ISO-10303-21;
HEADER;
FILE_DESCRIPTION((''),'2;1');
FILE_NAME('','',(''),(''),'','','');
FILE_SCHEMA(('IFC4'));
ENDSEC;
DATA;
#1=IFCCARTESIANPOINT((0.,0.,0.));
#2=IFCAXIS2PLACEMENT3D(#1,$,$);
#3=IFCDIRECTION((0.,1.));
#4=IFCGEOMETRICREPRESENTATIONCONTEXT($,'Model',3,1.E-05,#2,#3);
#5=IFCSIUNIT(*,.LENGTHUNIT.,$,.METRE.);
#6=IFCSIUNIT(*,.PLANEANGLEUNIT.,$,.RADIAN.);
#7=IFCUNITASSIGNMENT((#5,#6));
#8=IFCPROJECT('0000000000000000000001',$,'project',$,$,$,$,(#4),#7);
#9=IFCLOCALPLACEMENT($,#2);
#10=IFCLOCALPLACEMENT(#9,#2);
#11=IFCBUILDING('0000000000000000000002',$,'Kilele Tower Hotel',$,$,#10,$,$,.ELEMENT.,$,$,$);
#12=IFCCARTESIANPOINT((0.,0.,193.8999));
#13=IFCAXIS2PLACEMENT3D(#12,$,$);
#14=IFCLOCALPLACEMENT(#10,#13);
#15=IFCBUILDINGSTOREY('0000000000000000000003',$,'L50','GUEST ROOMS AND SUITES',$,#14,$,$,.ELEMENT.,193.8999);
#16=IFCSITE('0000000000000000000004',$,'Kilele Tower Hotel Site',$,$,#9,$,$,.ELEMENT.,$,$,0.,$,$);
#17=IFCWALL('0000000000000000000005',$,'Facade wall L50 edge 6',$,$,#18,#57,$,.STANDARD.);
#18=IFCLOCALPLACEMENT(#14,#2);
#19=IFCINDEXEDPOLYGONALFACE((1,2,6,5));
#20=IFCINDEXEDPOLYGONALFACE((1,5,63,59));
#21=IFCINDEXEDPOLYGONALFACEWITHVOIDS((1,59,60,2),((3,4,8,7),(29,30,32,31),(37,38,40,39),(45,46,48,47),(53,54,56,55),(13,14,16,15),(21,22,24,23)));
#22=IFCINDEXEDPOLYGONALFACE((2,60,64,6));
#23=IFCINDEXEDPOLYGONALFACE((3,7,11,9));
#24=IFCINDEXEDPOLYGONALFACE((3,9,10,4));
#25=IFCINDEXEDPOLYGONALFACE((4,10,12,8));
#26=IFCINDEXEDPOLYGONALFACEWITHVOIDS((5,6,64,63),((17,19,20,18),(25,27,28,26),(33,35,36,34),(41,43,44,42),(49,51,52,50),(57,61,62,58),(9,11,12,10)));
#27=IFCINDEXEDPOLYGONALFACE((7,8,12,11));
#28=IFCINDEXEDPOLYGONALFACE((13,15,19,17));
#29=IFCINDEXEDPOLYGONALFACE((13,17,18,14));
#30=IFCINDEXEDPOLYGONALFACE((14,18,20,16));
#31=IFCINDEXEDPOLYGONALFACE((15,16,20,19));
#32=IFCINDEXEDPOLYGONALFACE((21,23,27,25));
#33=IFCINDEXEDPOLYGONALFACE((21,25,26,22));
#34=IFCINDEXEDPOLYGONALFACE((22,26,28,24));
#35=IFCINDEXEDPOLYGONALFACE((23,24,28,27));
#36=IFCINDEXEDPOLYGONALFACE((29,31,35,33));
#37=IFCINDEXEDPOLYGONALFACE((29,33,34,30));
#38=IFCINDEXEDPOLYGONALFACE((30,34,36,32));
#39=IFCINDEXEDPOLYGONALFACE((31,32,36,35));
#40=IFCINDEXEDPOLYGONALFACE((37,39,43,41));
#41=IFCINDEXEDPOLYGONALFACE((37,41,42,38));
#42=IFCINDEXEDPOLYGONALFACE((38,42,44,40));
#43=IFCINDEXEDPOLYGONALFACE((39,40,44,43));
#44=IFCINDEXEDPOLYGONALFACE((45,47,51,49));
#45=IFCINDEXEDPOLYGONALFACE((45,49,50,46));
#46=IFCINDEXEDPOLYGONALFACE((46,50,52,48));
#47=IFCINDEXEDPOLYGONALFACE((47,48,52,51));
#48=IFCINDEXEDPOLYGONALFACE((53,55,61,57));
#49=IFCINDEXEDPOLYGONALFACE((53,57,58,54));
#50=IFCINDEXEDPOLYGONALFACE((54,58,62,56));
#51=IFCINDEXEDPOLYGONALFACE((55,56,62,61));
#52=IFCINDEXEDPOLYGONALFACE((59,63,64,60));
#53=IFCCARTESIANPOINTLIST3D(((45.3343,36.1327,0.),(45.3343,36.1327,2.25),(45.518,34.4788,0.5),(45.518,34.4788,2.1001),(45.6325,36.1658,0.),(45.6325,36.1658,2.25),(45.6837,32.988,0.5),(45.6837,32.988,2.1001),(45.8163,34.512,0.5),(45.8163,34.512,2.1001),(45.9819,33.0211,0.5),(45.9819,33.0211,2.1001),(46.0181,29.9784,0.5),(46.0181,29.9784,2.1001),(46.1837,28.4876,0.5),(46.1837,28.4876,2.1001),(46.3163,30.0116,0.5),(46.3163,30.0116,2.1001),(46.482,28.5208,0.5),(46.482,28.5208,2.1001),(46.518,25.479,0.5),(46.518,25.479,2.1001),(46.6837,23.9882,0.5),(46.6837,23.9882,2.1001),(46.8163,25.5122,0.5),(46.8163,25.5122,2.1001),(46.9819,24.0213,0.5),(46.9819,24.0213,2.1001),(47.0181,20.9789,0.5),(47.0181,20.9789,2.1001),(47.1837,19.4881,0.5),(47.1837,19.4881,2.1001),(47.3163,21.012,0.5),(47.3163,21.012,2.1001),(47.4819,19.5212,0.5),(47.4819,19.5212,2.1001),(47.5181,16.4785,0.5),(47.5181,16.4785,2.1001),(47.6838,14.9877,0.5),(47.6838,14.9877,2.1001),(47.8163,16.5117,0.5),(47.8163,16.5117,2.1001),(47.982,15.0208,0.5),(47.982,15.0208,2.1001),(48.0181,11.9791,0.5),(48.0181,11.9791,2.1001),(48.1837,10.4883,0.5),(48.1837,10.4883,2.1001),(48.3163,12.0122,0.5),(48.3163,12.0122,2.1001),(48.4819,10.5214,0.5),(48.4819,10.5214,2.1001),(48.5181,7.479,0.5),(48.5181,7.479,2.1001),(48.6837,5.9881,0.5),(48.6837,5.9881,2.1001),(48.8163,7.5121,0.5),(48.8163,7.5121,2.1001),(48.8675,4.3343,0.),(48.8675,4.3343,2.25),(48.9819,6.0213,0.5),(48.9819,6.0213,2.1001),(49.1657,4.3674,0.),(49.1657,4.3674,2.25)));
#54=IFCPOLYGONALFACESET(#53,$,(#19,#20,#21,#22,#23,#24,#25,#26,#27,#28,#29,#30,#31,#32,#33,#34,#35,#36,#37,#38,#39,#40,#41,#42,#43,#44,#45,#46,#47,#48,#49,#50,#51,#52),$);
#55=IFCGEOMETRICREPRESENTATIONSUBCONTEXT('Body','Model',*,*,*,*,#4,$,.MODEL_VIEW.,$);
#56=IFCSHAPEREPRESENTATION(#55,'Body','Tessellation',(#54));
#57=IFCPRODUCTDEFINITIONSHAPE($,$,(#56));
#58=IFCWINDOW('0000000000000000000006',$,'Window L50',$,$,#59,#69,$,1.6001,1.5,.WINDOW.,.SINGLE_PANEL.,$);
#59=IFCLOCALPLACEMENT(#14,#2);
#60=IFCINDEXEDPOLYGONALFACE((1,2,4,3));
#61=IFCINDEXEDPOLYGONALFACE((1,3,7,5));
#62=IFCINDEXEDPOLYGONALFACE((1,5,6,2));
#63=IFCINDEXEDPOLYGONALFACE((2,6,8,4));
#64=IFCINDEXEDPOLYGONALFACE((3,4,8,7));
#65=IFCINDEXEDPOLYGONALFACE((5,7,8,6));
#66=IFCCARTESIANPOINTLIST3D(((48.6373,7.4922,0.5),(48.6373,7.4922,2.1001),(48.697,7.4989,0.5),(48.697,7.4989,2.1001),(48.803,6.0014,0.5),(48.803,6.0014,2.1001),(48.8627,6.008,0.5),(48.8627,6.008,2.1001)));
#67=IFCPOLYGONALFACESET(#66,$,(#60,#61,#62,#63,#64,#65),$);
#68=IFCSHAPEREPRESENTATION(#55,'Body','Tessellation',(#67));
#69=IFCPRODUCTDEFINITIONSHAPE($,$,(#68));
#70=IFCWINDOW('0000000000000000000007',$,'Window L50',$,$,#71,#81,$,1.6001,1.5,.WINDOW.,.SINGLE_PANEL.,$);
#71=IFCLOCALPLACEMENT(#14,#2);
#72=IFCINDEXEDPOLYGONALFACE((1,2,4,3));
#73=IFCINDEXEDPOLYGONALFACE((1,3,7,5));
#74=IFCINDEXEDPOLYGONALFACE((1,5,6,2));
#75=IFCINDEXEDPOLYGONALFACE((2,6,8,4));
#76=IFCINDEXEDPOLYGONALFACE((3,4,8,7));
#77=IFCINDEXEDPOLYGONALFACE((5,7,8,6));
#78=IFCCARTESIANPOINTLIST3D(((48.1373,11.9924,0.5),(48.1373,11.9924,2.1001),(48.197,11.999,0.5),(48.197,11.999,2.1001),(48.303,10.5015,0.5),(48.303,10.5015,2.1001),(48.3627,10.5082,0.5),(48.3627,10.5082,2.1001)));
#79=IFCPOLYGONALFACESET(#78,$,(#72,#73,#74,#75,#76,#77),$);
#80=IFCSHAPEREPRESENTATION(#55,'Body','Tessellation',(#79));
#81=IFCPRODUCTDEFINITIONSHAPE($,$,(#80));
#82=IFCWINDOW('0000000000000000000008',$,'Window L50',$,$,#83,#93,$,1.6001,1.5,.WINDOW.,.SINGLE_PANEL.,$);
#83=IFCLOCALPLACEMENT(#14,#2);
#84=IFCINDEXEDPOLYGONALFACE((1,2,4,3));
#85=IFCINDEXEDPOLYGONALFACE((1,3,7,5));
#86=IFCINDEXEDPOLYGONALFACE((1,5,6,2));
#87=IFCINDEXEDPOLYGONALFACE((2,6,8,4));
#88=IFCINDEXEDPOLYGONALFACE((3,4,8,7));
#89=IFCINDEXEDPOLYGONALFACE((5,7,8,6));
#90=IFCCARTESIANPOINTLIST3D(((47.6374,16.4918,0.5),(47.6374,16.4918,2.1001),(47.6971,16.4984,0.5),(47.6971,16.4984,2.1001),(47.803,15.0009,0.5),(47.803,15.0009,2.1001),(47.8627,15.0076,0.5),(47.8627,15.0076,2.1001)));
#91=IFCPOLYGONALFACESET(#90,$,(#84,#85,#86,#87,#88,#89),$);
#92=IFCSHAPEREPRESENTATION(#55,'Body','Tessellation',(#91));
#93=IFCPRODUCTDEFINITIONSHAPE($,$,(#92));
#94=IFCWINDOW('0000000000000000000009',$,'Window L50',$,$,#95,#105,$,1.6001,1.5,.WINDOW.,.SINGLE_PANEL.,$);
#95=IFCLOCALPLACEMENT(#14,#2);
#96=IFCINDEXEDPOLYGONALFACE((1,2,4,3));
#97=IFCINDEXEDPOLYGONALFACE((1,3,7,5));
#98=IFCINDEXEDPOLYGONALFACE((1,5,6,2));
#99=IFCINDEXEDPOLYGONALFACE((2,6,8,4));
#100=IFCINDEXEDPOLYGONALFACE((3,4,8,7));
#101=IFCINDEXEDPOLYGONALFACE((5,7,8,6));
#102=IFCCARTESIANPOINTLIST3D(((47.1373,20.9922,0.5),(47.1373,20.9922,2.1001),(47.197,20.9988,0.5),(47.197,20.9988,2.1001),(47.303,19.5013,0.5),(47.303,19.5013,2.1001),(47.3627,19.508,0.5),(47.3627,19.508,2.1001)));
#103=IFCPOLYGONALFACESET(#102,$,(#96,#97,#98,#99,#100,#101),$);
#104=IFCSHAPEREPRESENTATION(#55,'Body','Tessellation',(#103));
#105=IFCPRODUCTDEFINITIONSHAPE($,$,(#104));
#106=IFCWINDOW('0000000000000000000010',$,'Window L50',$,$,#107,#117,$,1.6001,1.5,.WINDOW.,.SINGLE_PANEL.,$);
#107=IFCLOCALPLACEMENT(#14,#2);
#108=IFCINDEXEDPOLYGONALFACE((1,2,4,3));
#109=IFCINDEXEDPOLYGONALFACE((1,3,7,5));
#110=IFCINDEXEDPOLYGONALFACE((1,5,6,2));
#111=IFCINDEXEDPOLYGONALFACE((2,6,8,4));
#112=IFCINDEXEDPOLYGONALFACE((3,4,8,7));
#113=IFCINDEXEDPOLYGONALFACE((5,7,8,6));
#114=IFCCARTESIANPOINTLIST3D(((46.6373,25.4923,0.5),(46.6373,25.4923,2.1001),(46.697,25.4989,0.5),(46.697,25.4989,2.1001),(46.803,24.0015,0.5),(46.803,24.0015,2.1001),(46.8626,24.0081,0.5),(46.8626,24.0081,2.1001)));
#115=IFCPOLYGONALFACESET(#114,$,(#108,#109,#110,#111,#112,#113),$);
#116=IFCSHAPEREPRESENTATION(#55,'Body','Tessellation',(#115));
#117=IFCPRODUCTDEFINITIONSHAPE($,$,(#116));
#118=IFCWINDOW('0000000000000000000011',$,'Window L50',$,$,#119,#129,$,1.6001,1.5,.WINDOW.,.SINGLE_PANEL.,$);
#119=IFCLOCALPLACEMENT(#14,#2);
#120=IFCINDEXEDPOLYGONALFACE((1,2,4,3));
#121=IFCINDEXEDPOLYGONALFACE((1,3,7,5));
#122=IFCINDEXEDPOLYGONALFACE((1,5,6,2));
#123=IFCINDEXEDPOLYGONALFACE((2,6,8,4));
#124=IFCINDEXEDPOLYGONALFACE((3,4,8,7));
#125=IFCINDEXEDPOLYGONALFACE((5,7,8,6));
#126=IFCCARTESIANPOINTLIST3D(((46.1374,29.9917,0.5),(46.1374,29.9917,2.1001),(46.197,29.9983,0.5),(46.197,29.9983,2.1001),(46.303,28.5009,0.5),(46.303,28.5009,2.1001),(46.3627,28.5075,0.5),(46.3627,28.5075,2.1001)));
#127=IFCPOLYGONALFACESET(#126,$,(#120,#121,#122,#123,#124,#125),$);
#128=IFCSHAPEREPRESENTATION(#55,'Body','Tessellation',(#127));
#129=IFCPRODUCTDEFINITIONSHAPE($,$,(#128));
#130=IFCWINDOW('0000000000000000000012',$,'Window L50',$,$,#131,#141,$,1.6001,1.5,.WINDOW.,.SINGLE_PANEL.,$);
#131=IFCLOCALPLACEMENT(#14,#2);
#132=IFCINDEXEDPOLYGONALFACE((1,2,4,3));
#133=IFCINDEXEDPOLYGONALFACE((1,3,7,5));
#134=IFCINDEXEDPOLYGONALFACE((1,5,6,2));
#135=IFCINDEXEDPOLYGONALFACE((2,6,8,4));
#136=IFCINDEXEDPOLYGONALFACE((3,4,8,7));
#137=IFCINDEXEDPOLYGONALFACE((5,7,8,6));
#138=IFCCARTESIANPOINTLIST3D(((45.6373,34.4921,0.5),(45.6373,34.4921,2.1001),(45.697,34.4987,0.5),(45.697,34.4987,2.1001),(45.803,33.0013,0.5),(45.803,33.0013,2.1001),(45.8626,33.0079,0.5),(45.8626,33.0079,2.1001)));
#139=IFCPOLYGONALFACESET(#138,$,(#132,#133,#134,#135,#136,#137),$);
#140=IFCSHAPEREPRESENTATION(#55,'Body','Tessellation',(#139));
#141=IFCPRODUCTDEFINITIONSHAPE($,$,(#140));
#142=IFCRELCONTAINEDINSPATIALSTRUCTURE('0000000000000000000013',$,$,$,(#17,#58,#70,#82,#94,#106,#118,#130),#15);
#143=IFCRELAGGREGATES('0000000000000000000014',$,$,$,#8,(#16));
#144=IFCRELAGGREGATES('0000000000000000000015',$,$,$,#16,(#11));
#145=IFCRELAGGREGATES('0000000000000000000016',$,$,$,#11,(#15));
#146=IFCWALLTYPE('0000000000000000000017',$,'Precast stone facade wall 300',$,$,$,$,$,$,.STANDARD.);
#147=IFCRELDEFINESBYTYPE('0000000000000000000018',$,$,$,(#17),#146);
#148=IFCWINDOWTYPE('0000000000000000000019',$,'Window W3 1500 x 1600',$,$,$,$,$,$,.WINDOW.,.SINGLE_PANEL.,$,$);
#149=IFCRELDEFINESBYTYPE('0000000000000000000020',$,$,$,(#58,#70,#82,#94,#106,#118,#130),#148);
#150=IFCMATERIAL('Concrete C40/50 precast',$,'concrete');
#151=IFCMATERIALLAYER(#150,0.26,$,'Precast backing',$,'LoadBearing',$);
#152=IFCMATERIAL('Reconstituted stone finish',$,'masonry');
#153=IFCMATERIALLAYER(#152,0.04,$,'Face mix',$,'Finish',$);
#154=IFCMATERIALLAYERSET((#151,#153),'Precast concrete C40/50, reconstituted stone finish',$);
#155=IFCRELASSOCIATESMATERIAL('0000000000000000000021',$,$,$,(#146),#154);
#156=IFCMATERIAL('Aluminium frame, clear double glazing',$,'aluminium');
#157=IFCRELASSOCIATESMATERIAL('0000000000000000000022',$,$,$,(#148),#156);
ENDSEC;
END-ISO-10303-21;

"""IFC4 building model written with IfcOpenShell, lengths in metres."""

from ifc_helpers import new_model, si_unit, direction, frame, frame_2d, origin, place, context, subcontext, project, spatial, rectangle, extrude, material, layer, layer_set, type_object, element, fill, save


model = new_model("IFC4")

# Units and contexts
model_context = context("Model", 3, precision=1e-05, world=origin(), true_north=direction((0.0, 1.0)))
body_context = subcontext(model_context, "Body", "Model", "MODEL_VIEW")
ifc_project = project(units=[si_unit("LENGTHUNIT", "METRE"), si_unit("PLANEANGLEUNIT", "RADIAN")], contexts=[model_context])

# Site, building, storey
site_placement = place(None, origin())
site = spatial("IfcSite", under=ifc_project, at=site_placement, Name="Kilele Tower Hotel Site", CompositionType="ELEMENT", RefElevation=0.0)
building_placement = place(site_placement, origin())
building = spatial("IfcBuilding", under=site, at=building_placement, Name="Kilele Tower Hotel", CompositionType="ELEMENT")
storey_placement = place(building_placement, frame((0.0, 0.0, 193.8999)))
storey = spatial("IfcBuildingStorey", under=building, at=storey_placement, Name="L50", Description="GUEST ROOMS AND SUITES", CompositionType="ELEMENT", Elevation=193.8999)

# Shared definitions
ifc_material_1 = material(Name="Concrete C40/50 precast", Category="concrete")
ifc_layer_1 = layer(ifc_material_1, 0.26, Name="Precast backing", Category="LoadBearing")
ifc_material_2 = material(Name="Reconstituted stone finish", Category="masonry")
ifc_layer_2 = layer(ifc_material_2, 0.04, Name="Face mix", Category="Finish")
ifc_layer_set_1 = layer_set([ifc_layer_1, ifc_layer_2], Name="Precast concrete C40/50, reconstituted stone finish")
wall_type_1 = type_object("IfcWallType", Name="Precast stone facade wall 300", PredefinedType="STANDARD", material=ifc_layer_set_1)
ifc_material_3 = material(Name="Aluminium frame, clear double glazing", Category="aluminium")
window_type_1 = type_object("IfcWindowType", Name="Window W3 1500 x 1600", PartitioningType="SINGLE_PANEL", PredefinedType="WINDOW", material=ifc_material_3)

# Wall, openings, windows
wall_1_placement = place(storey_placement, frame((49.0166, 4.3508, 0.0), z_axis=(0.0, 0.0, 1.0), x_axis=(-0.110433, 0.993884, 0.0)))
wall_1 = element("IfcWall", 1, at=wall_1_placement, inside=storey, type_object=wall_type_1, Name="Facade wall L50 edge 6", PredefinedType="STANDARD", context=body_context, shape_type="SweptSolid", body=[
    extrude(rectangle(XDim=31.9941, YDim=0.3, at=frame_2d((15.9971, 0.0))), origin(), (0.0, 0.0, 1.0), 2.25),
])
opening_1_placement = place(wall_1_placement, frame((1.6641, 0.0, 0.5)))
opening_1 = element("IfcOpeningElement", 2, at=opening_1_placement, cuts=wall_1, PredefinedType="OPENING", context=body_context, shape_type="SweptSolid", body=[
    extrude(rectangle(XDim=1.5, YDim=1.6001, at=frame_2d((0.75, 0.8))), frame((0.0, 0.1599, 0.0), z_axis=(0.0, -1.0, 0.0), x_axis=(1.0, 0.0, 0.0)), (0.0, 0.0, 1.0), 0.3201),
])
opening_2_placement = place(wall_1_placement, frame((6.1919, 0.0, 0.5)))
opening_2 = element("IfcOpeningElement", 3, at=opening_2_placement, cuts=wall_1, PredefinedType="OPENING", context=body_context, shape_type="SweptSolid", body=[
    extrude(rectangle(XDim=1.5, YDim=1.6001, at=frame_2d((0.75, 0.8))), frame((0.0, 0.1599, 0.0), z_axis=(0.0, -1.0, 0.0), x_axis=(1.0, 0.0, 0.0)), (0.0, 0.0, 1.0), 0.3201),
])
opening_3_placement = place(wall_1_placement, frame((10.719, 0.0, 0.5)))
opening_3 = element("IfcOpeningElement", 4, at=opening_3_placement, cuts=wall_1, PredefinedType="OPENING", context=body_context, shape_type="SweptSolid", body=[
    extrude(rectangle(XDim=1.5, YDim=1.6001, at=frame_2d((0.75, 0.8))), frame((0.0, 0.1599, 0.0), z_axis=(0.0, -1.0, 0.0), x_axis=(1.0, 0.0, 0.0)), (0.0, 0.0, 1.0), 0.3201),
])
opening_4_placement = place(wall_1_placement, frame((15.2471, 0.0, 0.5)))
opening_4 = element("IfcOpeningElement", 5, at=opening_4_placement, cuts=wall_1, PredefinedType="OPENING", context=body_context, shape_type="SweptSolid", body=[
    extrude(rectangle(XDim=1.5, YDim=1.6001, at=frame_2d((0.75, 0.8))), frame((0.0, 0.1599, 0.0), z_axis=(0.0, -1.0, 0.0), x_axis=(1.0, 0.0, 0.0)), (0.0, 0.0, 1.0), 0.3201),
])
opening_5_placement = place(wall_1_placement, frame((19.7749, 0.0, 0.5)))
opening_5 = element("IfcOpeningElement", 6, at=opening_5_placement, cuts=wall_1, PredefinedType="OPENING", context=body_context, shape_type="SweptSolid", body=[
    extrude(rectangle(XDim=1.5, YDim=1.6001, at=frame_2d((0.75, 0.8))), frame((0.0, 0.1599, 0.0), z_axis=(0.0, -1.0, 0.0), x_axis=(1.0, 0.0, 0.0)), (0.0, 0.0, 1.0), 0.3201),
])
opening_6_placement = place(wall_1_placement, frame((24.302, 0.0, 0.5)))
opening_6 = element("IfcOpeningElement", 7, at=opening_6_placement, cuts=wall_1, PredefinedType="OPENING", context=body_context, shape_type="SweptSolid", body=[
    extrude(rectangle(XDim=1.5, YDim=1.6001, at=frame_2d((0.75, 0.8))), frame((0.0, 0.1599, 0.0), z_axis=(0.0, -1.0, 0.0), x_axis=(1.0, 0.0, 0.0)), (0.0, 0.0, 1.0), 0.3201),
])
opening_7_placement = place(wall_1_placement, frame((28.8301, 0.0, 0.5)))
opening_7 = element("IfcOpeningElement", 8, at=opening_7_placement, cuts=wall_1, PredefinedType="OPENING", context=body_context, shape_type="SweptSolid", body=[
    extrude(rectangle(XDim=1.5, YDim=1.6001, at=frame_2d((0.75, 0.8))), frame((0.0, 0.1599, 0.0), z_axis=(0.0, -1.0, 0.0), x_axis=(1.0, 0.0, 0.0)), (0.0, 0.0, 1.0), 0.3201),
])
window_1_placement = place(opening_1_placement, origin())
window_1 = element("IfcWindow", 9, at=window_1_placement, inside=storey, type_object=window_type_1, Name="Window L50", OverallHeight=1.6001, OverallWidth=1.5, PartitioningType="SINGLE_PANEL", PredefinedType="WINDOW", context=body_context, shape_type="SweptSolid", body=[
    extrude(rectangle(XDim=1.5, YDim=1.6001, at=frame_2d((0.75, 0.8))), frame((0.0, 0.03, 0.0), z_axis=(0.0, -1.0, 0.0), x_axis=(1.0, 0.0, 0.0)), (0.0, 0.0, 1.0), 0.0601),
])
fill(opening_1, window_1)
window_2_placement = place(opening_2_placement, origin())
window_2 = element("IfcWindow", 10, at=window_2_placement, inside=storey, type_object=window_type_1, Name="Window L50", OverallHeight=1.6001, OverallWidth=1.5, PartitioningType="SINGLE_PANEL", PredefinedType="WINDOW", context=body_context, shape_type="SweptSolid", body=[
    extrude(rectangle(XDim=1.5, YDim=1.6001, at=frame_2d((0.75, 0.8))), frame((0.0, 0.03, 0.0), z_axis=(0.0, -1.0, 0.0), x_axis=(1.0, 0.0, 0.0)), (0.0, 0.0, 1.0), 0.0601),
])
fill(opening_2, window_2)
window_3_placement = place(opening_3_placement, origin())
window_3 = element("IfcWindow", 11, at=window_3_placement, inside=storey, type_object=window_type_1, Name="Window L50", OverallHeight=1.6001, OverallWidth=1.5, PartitioningType="SINGLE_PANEL", PredefinedType="WINDOW", context=body_context, shape_type="SweptSolid", body=[
    extrude(rectangle(XDim=1.5, YDim=1.6001, at=frame_2d((0.75, 0.8))), frame((0.0, 0.03, 0.0), z_axis=(0.0, -1.0, 0.0), x_axis=(1.0, 0.0, 0.0)), (0.0, 0.0, 1.0), 0.0601),
])
fill(opening_3, window_3)
window_4_placement = place(opening_4_placement, origin())
window_4 = element("IfcWindow", 12, at=window_4_placement, inside=storey, type_object=window_type_1, Name="Window L50", OverallHeight=1.6001, OverallWidth=1.5, PartitioningType="SINGLE_PANEL", PredefinedType="WINDOW", context=body_context, shape_type="SweptSolid", body=[
    extrude(rectangle(XDim=1.5, YDim=1.6001, at=frame_2d((0.75, 0.8))), frame((0.0, 0.03, 0.0), z_axis=(0.0, -1.0, 0.0), x_axis=(1.0, 0.0, 0.0)), (0.0, 0.0, 1.0), 0.0601),
])
fill(opening_4, window_4)
window_5_placement = place(opening_5_placement, origin())
window_5 = element("IfcWindow", 13, at=window_5_placement, inside=storey, type_object=window_type_1, Name="Window L50", OverallHeight=1.6001, OverallWidth=1.5, PartitioningType="SINGLE_PANEL", PredefinedType="WINDOW", context=body_context, shape_type="SweptSolid", body=[
    extrude(rectangle(XDim=1.5, YDim=1.6001, at=frame_2d((0.75, 0.8))), frame((0.0, 0.03, 0.0), z_axis=(0.0, -1.0, 0.0), x_axis=(1.0, 0.0, 0.0)), (0.0, 0.0, 1.0), 0.0601),
])
fill(opening_5, window_5)
window_6_placement = place(opening_6_placement, origin())
window_6 = element("IfcWindow", 14, at=window_6_placement, inside=storey, type_object=window_type_1, Name="Window L50", OverallHeight=1.6001, OverallWidth=1.5, PartitioningType="SINGLE_PANEL", PredefinedType="WINDOW", context=body_context, shape_type="SweptSolid", body=[
    extrude(rectangle(XDim=1.5, YDim=1.6001, at=frame_2d((0.75, 0.8))), frame((0.0, 0.03, 0.0), z_axis=(0.0, -1.0, 0.0), x_axis=(1.0, 0.0, 0.0)), (0.0, 0.0, 1.0), 0.0601),
])
fill(opening_6, window_6)
window_7_placement = place(opening_7_placement, origin())
window_7 = element("IfcWindow", 15, at=window_7_placement, inside=storey, type_object=window_type_1, Name="Window L50", OverallHeight=1.6001, OverallWidth=1.5, PartitioningType="SINGLE_PANEL", PredefinedType="WINDOW", context=body_context, shape_type="SweptSolid", body=[
    extrude(rectangle(XDim=1.5, YDim=1.6001, at=frame_2d((0.75, 0.8))), frame((0.0, 0.03, 0.0), z_axis=(0.0, -1.0, 0.0), x_axis=(1.0, 0.0, 0.0)), (0.0, 0.0, 1.0), 0.0601),
])
fill(opening_7, window_7)

save(model, "model.ifc")
